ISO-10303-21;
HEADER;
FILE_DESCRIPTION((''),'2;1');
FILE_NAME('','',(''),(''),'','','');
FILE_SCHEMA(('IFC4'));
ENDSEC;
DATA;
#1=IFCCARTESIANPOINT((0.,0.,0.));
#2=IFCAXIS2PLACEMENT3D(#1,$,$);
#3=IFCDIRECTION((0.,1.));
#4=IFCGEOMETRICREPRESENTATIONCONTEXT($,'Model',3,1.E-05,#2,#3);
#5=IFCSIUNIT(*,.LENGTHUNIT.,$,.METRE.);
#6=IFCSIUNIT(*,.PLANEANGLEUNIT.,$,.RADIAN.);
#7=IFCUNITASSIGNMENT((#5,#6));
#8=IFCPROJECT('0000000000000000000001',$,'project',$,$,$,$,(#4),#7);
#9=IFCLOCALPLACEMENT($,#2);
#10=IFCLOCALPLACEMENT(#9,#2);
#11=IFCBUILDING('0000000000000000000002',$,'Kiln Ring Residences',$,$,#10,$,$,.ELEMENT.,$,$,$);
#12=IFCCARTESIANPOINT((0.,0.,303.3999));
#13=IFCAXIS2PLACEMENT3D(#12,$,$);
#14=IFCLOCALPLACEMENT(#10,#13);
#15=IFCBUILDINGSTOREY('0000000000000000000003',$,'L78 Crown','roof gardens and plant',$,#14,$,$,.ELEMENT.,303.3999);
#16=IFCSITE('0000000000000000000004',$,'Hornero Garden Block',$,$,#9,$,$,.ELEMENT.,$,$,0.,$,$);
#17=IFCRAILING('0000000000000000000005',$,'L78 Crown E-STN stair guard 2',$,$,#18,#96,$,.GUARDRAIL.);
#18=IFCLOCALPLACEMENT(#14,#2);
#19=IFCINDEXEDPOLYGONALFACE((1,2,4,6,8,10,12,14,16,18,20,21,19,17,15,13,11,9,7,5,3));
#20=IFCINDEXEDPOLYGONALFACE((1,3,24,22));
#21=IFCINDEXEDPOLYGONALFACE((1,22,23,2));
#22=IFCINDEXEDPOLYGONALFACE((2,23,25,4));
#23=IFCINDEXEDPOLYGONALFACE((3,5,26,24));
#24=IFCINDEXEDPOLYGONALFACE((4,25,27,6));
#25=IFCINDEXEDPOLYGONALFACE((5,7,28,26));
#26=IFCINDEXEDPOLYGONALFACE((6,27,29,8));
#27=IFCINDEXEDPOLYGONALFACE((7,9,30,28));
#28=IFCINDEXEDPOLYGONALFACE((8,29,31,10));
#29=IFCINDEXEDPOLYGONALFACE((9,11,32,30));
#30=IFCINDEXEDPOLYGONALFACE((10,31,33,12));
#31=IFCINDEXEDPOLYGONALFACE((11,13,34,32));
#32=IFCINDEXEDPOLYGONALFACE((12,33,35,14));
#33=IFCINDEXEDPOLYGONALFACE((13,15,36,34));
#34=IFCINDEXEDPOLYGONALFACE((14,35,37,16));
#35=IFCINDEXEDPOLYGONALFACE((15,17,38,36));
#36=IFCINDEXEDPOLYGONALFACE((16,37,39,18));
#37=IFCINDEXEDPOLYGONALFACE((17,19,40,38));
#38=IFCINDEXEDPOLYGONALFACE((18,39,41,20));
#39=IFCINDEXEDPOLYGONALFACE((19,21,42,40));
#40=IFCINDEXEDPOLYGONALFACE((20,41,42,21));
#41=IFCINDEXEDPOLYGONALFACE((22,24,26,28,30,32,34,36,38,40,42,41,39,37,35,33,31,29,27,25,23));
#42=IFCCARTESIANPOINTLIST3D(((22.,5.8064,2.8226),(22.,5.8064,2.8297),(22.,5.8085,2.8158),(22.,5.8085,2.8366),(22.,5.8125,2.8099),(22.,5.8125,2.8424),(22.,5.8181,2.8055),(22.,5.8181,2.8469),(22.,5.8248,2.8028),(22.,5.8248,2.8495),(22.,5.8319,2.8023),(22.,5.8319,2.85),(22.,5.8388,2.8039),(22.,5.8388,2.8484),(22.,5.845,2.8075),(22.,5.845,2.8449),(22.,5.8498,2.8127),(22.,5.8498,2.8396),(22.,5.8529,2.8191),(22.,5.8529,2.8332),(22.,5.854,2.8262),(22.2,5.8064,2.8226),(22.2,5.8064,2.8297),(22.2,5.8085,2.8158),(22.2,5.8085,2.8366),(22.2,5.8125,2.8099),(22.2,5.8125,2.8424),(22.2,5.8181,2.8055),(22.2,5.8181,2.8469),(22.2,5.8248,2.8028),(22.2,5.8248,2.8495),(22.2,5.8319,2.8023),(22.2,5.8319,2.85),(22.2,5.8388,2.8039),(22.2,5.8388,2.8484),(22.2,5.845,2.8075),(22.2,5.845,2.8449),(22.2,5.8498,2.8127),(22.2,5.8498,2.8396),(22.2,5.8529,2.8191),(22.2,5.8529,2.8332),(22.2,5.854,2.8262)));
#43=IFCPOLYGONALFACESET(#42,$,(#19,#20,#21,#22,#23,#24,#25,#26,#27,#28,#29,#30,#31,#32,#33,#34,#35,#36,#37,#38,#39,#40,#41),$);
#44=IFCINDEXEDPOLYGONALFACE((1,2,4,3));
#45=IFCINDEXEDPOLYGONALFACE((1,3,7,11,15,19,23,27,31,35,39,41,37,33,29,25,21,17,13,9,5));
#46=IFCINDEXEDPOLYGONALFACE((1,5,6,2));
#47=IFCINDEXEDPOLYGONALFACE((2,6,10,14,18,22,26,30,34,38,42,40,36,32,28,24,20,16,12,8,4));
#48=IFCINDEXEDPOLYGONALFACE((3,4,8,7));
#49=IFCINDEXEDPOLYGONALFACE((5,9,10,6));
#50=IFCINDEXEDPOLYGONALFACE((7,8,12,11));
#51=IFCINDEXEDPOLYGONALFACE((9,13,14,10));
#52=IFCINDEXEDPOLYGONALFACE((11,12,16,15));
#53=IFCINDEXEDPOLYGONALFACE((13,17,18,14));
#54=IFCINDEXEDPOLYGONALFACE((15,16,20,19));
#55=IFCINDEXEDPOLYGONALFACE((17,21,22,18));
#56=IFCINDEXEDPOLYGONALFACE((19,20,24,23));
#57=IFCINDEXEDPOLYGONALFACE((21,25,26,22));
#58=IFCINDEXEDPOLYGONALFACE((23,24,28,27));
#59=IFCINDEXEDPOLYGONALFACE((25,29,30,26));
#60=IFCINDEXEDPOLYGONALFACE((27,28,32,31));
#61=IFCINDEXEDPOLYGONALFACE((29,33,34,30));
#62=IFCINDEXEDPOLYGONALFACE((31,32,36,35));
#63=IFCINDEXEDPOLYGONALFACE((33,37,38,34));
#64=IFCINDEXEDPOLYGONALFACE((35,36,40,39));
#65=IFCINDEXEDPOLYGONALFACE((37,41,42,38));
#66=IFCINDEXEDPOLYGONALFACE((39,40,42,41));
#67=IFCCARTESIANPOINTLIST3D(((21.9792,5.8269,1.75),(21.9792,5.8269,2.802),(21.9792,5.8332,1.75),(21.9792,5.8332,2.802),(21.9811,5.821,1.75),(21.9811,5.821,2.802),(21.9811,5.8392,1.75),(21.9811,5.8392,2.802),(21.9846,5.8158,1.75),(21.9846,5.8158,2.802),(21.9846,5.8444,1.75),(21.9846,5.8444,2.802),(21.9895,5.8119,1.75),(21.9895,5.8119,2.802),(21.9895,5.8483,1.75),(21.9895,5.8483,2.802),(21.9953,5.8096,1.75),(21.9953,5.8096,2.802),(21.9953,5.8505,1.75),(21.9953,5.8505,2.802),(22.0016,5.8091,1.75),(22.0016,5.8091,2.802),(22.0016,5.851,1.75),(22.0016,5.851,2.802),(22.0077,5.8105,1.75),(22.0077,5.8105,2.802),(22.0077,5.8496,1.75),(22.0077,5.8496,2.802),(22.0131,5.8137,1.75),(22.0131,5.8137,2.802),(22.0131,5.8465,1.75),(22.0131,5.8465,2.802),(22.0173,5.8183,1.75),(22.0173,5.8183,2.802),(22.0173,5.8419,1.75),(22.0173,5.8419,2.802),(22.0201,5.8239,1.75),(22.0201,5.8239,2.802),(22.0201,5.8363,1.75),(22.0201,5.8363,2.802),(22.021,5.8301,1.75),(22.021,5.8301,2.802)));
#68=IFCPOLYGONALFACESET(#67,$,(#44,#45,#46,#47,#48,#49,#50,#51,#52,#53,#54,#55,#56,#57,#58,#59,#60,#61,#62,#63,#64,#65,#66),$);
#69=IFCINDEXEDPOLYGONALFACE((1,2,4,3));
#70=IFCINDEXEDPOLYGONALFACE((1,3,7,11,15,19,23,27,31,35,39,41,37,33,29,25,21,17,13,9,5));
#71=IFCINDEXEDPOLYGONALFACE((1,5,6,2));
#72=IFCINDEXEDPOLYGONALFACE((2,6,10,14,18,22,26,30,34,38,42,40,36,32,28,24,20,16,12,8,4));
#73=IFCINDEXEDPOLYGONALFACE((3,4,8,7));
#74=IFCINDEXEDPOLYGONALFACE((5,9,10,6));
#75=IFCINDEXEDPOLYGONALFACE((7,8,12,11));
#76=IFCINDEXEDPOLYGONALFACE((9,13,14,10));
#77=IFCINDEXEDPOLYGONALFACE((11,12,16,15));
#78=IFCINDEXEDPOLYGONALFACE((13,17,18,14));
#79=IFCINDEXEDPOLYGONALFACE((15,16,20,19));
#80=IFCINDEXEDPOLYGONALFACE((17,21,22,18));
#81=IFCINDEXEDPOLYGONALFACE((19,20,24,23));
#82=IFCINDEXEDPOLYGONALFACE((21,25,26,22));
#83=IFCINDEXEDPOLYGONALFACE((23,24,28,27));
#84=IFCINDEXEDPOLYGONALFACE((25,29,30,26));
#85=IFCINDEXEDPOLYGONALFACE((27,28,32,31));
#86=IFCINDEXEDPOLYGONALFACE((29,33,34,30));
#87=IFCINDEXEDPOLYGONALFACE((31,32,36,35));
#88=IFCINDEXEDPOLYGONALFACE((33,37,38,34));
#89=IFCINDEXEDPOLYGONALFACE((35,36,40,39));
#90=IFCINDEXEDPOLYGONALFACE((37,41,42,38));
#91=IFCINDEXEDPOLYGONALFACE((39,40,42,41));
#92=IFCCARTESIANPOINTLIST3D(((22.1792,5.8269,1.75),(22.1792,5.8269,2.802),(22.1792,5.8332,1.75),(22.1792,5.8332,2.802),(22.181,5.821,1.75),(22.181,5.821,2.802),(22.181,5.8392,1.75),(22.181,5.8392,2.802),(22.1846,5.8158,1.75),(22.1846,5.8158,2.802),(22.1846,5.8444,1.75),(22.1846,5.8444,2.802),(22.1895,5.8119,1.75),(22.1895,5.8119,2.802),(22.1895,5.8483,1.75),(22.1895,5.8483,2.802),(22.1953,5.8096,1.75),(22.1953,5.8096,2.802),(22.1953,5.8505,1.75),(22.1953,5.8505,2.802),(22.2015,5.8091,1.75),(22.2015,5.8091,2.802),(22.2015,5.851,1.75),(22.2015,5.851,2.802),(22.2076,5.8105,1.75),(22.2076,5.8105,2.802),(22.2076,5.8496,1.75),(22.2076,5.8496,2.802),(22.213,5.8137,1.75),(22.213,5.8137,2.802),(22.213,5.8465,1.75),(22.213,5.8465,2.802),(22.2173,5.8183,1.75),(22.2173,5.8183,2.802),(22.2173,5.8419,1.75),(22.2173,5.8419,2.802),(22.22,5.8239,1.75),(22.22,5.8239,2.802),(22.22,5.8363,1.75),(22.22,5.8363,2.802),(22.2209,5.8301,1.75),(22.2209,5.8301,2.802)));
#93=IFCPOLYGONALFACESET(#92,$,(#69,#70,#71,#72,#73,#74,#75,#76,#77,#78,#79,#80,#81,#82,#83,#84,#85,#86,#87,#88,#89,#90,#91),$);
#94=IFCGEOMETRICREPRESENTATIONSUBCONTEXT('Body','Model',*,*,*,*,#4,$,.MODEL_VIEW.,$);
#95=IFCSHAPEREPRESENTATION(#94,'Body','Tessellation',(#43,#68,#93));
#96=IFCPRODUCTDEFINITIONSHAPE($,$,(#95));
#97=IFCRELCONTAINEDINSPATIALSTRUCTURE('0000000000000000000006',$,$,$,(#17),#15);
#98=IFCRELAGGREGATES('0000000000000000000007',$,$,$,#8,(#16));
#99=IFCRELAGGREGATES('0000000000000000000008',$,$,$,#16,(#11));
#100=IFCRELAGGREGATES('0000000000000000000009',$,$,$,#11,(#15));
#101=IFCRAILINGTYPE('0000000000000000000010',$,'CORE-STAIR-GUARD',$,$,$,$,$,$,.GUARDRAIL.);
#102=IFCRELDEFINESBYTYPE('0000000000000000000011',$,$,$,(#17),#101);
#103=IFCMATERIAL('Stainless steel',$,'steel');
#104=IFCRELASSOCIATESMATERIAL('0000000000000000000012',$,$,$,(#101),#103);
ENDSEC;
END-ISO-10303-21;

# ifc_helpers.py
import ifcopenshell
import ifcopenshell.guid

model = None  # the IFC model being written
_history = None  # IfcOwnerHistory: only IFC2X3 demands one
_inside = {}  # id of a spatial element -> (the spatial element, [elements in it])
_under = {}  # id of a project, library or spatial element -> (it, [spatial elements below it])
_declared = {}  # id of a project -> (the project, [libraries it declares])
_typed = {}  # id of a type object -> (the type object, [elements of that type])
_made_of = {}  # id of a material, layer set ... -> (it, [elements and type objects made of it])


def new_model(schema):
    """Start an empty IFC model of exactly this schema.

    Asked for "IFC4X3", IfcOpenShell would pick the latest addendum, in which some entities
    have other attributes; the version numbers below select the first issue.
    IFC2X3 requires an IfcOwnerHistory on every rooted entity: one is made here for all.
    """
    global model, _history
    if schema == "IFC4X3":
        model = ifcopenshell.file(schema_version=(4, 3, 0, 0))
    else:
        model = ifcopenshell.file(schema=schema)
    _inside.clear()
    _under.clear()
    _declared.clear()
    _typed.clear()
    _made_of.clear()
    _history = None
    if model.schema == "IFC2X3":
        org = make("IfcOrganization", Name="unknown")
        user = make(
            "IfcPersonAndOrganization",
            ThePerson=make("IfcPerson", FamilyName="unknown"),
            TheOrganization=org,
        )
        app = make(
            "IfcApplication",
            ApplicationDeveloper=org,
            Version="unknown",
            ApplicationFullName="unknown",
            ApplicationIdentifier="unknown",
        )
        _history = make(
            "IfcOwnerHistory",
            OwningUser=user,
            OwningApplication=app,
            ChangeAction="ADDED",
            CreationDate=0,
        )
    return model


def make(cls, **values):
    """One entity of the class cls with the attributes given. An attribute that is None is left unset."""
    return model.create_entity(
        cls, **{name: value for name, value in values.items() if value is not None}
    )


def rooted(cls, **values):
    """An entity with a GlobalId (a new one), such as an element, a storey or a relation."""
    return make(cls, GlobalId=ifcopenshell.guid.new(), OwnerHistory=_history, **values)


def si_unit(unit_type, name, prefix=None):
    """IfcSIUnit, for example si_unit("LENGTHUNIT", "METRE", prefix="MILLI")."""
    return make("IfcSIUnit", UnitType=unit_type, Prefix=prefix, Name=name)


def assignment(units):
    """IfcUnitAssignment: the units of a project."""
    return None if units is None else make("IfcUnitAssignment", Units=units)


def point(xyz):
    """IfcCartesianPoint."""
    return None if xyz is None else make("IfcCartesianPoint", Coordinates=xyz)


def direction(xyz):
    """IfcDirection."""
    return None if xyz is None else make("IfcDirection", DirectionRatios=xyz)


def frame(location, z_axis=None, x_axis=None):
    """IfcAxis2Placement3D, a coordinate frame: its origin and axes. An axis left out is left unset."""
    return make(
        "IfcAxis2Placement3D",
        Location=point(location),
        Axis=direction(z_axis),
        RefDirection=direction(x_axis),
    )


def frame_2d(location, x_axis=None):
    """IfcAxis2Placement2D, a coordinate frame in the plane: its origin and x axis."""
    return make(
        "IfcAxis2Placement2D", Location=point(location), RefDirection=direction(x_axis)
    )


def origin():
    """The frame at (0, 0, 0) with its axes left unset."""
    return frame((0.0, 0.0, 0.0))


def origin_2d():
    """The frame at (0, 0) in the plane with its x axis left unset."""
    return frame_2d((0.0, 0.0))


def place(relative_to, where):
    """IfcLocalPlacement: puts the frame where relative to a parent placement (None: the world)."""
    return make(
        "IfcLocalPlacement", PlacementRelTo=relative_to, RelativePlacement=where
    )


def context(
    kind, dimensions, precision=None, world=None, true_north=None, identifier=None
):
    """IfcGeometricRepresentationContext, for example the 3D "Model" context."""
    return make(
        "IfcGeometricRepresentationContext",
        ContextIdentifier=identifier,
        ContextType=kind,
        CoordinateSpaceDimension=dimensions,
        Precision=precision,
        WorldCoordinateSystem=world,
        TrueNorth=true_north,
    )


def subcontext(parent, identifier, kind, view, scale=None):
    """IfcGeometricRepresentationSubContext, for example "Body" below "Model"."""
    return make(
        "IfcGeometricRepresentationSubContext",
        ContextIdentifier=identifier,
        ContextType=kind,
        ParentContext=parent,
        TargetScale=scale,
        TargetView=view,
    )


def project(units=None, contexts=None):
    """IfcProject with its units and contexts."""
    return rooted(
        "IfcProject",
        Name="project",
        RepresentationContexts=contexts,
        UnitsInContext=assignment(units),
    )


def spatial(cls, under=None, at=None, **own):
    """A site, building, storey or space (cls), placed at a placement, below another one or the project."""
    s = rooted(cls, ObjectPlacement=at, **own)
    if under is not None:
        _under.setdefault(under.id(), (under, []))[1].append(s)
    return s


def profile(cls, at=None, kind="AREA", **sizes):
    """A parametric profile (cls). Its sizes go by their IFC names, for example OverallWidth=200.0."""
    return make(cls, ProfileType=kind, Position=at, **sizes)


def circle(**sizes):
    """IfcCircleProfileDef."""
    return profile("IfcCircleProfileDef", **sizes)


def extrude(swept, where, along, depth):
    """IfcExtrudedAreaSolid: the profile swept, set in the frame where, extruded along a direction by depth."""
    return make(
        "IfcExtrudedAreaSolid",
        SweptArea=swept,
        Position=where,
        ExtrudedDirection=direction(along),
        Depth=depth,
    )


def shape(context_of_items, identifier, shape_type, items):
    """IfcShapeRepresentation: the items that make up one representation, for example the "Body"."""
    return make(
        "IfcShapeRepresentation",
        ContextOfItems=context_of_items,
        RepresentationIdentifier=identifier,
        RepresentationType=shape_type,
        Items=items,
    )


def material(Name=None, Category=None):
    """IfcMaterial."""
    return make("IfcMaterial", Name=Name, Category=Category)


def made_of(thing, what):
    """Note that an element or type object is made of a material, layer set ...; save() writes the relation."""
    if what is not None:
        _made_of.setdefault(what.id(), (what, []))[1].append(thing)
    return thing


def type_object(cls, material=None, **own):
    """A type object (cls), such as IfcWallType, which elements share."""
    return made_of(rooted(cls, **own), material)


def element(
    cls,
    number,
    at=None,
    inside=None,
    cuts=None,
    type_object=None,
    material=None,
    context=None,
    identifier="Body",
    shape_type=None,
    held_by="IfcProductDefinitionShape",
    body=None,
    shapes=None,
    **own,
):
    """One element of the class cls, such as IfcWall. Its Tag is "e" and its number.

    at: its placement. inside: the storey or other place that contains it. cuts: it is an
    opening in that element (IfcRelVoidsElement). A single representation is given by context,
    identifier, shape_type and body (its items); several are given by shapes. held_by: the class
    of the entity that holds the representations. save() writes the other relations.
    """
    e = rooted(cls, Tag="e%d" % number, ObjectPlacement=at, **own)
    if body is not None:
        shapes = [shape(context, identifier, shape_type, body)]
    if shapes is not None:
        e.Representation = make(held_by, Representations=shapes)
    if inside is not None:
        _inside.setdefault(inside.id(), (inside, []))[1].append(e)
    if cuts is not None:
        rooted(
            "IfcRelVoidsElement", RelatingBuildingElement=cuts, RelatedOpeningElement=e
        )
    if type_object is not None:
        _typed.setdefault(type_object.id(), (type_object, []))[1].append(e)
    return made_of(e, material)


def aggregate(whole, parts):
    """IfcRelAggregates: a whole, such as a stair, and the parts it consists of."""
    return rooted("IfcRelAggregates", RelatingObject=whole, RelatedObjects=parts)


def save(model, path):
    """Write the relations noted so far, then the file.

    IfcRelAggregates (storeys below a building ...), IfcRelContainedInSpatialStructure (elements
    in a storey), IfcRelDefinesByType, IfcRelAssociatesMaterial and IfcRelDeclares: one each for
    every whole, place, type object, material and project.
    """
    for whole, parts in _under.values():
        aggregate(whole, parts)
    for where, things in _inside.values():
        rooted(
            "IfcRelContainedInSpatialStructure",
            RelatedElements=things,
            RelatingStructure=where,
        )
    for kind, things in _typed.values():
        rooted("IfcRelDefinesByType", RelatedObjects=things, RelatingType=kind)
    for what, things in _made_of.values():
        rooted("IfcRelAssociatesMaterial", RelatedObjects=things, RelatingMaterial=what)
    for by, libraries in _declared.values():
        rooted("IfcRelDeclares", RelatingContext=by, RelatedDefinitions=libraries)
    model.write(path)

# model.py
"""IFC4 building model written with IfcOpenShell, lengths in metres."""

from ifc_helpers import new_model, si_unit, direction, frame, origin, origin_2d, place, context, subcontext, project, spatial, circle, extrude, material, type_object, element, save


model = new_model("IFC4")

# Units and contexts
model_context = context("Model", 3, precision=1e-05, world=origin(), true_north=direction((0.0, 1.0)))
body_context = subcontext(model_context, "Body", "Model", "MODEL_VIEW")
ifc_project = project(units=[si_unit("LENGTHUNIT", "METRE"), si_unit("PLANEANGLEUNIT", "RADIAN")], contexts=[model_context])

# Site, building, storey
site_placement = place(None, origin())
site = spatial("IfcSite", under=ifc_project, at=site_placement, Name="Hornero Garden Block", CompositionType="ELEMENT", RefElevation=0.0)
building_placement = place(site_placement, origin())
building = spatial("IfcBuilding", under=site, at=building_placement, Name="Kiln Ring Residences", CompositionType="ELEMENT")
storey_placement = place(building_placement, frame((0.0, 0.0, 303.3999)))
storey = spatial("IfcBuildingStorey", under=building, at=storey_placement, Name="L78 Crown", Description="roof gardens and plant", CompositionType="ELEMENT", Elevation=303.3999)

# Railing
ifc_material_1 = material(Name="Stainless steel", Category="steel")
railing_type_1 = type_object("IfcRailingType", Name="CORE-STAIR-GUARD", PredefinedType="GUARDRAIL", material=ifc_material_1)
railing_1_placement = place(storey_placement, frame((22.0, 5.8301, 1.75)))
element("IfcRailing", 1, at=railing_1_placement, inside=storey, type_object=railing_type_1, Name="L78 Crown E-STN stair guard 2", PredefinedType="GUARDRAIL", context=body_context, shape_type="SweptSolid", body=[
    extrude(circle(Radius=0.0239, at=origin_2d()), frame((0.0, 0.0, 1.0762), z_axis=(1.0, 0.0, 0.0), x_axis=(0.0, 1.0, 0.0)), (0.0, 0.0, 1.0), 0.2),
    extrude(circle(Radius=0.021, at=origin_2d()), origin(), (0.0, 0.0, 1.0), 1.052),
    extrude(circle(Radius=0.021, at=origin_2d()), frame((0.2, 0.0, 0.0)), (0.0, 0.0, 1.0), 1.052),
])

save(model, "model.ifc")
